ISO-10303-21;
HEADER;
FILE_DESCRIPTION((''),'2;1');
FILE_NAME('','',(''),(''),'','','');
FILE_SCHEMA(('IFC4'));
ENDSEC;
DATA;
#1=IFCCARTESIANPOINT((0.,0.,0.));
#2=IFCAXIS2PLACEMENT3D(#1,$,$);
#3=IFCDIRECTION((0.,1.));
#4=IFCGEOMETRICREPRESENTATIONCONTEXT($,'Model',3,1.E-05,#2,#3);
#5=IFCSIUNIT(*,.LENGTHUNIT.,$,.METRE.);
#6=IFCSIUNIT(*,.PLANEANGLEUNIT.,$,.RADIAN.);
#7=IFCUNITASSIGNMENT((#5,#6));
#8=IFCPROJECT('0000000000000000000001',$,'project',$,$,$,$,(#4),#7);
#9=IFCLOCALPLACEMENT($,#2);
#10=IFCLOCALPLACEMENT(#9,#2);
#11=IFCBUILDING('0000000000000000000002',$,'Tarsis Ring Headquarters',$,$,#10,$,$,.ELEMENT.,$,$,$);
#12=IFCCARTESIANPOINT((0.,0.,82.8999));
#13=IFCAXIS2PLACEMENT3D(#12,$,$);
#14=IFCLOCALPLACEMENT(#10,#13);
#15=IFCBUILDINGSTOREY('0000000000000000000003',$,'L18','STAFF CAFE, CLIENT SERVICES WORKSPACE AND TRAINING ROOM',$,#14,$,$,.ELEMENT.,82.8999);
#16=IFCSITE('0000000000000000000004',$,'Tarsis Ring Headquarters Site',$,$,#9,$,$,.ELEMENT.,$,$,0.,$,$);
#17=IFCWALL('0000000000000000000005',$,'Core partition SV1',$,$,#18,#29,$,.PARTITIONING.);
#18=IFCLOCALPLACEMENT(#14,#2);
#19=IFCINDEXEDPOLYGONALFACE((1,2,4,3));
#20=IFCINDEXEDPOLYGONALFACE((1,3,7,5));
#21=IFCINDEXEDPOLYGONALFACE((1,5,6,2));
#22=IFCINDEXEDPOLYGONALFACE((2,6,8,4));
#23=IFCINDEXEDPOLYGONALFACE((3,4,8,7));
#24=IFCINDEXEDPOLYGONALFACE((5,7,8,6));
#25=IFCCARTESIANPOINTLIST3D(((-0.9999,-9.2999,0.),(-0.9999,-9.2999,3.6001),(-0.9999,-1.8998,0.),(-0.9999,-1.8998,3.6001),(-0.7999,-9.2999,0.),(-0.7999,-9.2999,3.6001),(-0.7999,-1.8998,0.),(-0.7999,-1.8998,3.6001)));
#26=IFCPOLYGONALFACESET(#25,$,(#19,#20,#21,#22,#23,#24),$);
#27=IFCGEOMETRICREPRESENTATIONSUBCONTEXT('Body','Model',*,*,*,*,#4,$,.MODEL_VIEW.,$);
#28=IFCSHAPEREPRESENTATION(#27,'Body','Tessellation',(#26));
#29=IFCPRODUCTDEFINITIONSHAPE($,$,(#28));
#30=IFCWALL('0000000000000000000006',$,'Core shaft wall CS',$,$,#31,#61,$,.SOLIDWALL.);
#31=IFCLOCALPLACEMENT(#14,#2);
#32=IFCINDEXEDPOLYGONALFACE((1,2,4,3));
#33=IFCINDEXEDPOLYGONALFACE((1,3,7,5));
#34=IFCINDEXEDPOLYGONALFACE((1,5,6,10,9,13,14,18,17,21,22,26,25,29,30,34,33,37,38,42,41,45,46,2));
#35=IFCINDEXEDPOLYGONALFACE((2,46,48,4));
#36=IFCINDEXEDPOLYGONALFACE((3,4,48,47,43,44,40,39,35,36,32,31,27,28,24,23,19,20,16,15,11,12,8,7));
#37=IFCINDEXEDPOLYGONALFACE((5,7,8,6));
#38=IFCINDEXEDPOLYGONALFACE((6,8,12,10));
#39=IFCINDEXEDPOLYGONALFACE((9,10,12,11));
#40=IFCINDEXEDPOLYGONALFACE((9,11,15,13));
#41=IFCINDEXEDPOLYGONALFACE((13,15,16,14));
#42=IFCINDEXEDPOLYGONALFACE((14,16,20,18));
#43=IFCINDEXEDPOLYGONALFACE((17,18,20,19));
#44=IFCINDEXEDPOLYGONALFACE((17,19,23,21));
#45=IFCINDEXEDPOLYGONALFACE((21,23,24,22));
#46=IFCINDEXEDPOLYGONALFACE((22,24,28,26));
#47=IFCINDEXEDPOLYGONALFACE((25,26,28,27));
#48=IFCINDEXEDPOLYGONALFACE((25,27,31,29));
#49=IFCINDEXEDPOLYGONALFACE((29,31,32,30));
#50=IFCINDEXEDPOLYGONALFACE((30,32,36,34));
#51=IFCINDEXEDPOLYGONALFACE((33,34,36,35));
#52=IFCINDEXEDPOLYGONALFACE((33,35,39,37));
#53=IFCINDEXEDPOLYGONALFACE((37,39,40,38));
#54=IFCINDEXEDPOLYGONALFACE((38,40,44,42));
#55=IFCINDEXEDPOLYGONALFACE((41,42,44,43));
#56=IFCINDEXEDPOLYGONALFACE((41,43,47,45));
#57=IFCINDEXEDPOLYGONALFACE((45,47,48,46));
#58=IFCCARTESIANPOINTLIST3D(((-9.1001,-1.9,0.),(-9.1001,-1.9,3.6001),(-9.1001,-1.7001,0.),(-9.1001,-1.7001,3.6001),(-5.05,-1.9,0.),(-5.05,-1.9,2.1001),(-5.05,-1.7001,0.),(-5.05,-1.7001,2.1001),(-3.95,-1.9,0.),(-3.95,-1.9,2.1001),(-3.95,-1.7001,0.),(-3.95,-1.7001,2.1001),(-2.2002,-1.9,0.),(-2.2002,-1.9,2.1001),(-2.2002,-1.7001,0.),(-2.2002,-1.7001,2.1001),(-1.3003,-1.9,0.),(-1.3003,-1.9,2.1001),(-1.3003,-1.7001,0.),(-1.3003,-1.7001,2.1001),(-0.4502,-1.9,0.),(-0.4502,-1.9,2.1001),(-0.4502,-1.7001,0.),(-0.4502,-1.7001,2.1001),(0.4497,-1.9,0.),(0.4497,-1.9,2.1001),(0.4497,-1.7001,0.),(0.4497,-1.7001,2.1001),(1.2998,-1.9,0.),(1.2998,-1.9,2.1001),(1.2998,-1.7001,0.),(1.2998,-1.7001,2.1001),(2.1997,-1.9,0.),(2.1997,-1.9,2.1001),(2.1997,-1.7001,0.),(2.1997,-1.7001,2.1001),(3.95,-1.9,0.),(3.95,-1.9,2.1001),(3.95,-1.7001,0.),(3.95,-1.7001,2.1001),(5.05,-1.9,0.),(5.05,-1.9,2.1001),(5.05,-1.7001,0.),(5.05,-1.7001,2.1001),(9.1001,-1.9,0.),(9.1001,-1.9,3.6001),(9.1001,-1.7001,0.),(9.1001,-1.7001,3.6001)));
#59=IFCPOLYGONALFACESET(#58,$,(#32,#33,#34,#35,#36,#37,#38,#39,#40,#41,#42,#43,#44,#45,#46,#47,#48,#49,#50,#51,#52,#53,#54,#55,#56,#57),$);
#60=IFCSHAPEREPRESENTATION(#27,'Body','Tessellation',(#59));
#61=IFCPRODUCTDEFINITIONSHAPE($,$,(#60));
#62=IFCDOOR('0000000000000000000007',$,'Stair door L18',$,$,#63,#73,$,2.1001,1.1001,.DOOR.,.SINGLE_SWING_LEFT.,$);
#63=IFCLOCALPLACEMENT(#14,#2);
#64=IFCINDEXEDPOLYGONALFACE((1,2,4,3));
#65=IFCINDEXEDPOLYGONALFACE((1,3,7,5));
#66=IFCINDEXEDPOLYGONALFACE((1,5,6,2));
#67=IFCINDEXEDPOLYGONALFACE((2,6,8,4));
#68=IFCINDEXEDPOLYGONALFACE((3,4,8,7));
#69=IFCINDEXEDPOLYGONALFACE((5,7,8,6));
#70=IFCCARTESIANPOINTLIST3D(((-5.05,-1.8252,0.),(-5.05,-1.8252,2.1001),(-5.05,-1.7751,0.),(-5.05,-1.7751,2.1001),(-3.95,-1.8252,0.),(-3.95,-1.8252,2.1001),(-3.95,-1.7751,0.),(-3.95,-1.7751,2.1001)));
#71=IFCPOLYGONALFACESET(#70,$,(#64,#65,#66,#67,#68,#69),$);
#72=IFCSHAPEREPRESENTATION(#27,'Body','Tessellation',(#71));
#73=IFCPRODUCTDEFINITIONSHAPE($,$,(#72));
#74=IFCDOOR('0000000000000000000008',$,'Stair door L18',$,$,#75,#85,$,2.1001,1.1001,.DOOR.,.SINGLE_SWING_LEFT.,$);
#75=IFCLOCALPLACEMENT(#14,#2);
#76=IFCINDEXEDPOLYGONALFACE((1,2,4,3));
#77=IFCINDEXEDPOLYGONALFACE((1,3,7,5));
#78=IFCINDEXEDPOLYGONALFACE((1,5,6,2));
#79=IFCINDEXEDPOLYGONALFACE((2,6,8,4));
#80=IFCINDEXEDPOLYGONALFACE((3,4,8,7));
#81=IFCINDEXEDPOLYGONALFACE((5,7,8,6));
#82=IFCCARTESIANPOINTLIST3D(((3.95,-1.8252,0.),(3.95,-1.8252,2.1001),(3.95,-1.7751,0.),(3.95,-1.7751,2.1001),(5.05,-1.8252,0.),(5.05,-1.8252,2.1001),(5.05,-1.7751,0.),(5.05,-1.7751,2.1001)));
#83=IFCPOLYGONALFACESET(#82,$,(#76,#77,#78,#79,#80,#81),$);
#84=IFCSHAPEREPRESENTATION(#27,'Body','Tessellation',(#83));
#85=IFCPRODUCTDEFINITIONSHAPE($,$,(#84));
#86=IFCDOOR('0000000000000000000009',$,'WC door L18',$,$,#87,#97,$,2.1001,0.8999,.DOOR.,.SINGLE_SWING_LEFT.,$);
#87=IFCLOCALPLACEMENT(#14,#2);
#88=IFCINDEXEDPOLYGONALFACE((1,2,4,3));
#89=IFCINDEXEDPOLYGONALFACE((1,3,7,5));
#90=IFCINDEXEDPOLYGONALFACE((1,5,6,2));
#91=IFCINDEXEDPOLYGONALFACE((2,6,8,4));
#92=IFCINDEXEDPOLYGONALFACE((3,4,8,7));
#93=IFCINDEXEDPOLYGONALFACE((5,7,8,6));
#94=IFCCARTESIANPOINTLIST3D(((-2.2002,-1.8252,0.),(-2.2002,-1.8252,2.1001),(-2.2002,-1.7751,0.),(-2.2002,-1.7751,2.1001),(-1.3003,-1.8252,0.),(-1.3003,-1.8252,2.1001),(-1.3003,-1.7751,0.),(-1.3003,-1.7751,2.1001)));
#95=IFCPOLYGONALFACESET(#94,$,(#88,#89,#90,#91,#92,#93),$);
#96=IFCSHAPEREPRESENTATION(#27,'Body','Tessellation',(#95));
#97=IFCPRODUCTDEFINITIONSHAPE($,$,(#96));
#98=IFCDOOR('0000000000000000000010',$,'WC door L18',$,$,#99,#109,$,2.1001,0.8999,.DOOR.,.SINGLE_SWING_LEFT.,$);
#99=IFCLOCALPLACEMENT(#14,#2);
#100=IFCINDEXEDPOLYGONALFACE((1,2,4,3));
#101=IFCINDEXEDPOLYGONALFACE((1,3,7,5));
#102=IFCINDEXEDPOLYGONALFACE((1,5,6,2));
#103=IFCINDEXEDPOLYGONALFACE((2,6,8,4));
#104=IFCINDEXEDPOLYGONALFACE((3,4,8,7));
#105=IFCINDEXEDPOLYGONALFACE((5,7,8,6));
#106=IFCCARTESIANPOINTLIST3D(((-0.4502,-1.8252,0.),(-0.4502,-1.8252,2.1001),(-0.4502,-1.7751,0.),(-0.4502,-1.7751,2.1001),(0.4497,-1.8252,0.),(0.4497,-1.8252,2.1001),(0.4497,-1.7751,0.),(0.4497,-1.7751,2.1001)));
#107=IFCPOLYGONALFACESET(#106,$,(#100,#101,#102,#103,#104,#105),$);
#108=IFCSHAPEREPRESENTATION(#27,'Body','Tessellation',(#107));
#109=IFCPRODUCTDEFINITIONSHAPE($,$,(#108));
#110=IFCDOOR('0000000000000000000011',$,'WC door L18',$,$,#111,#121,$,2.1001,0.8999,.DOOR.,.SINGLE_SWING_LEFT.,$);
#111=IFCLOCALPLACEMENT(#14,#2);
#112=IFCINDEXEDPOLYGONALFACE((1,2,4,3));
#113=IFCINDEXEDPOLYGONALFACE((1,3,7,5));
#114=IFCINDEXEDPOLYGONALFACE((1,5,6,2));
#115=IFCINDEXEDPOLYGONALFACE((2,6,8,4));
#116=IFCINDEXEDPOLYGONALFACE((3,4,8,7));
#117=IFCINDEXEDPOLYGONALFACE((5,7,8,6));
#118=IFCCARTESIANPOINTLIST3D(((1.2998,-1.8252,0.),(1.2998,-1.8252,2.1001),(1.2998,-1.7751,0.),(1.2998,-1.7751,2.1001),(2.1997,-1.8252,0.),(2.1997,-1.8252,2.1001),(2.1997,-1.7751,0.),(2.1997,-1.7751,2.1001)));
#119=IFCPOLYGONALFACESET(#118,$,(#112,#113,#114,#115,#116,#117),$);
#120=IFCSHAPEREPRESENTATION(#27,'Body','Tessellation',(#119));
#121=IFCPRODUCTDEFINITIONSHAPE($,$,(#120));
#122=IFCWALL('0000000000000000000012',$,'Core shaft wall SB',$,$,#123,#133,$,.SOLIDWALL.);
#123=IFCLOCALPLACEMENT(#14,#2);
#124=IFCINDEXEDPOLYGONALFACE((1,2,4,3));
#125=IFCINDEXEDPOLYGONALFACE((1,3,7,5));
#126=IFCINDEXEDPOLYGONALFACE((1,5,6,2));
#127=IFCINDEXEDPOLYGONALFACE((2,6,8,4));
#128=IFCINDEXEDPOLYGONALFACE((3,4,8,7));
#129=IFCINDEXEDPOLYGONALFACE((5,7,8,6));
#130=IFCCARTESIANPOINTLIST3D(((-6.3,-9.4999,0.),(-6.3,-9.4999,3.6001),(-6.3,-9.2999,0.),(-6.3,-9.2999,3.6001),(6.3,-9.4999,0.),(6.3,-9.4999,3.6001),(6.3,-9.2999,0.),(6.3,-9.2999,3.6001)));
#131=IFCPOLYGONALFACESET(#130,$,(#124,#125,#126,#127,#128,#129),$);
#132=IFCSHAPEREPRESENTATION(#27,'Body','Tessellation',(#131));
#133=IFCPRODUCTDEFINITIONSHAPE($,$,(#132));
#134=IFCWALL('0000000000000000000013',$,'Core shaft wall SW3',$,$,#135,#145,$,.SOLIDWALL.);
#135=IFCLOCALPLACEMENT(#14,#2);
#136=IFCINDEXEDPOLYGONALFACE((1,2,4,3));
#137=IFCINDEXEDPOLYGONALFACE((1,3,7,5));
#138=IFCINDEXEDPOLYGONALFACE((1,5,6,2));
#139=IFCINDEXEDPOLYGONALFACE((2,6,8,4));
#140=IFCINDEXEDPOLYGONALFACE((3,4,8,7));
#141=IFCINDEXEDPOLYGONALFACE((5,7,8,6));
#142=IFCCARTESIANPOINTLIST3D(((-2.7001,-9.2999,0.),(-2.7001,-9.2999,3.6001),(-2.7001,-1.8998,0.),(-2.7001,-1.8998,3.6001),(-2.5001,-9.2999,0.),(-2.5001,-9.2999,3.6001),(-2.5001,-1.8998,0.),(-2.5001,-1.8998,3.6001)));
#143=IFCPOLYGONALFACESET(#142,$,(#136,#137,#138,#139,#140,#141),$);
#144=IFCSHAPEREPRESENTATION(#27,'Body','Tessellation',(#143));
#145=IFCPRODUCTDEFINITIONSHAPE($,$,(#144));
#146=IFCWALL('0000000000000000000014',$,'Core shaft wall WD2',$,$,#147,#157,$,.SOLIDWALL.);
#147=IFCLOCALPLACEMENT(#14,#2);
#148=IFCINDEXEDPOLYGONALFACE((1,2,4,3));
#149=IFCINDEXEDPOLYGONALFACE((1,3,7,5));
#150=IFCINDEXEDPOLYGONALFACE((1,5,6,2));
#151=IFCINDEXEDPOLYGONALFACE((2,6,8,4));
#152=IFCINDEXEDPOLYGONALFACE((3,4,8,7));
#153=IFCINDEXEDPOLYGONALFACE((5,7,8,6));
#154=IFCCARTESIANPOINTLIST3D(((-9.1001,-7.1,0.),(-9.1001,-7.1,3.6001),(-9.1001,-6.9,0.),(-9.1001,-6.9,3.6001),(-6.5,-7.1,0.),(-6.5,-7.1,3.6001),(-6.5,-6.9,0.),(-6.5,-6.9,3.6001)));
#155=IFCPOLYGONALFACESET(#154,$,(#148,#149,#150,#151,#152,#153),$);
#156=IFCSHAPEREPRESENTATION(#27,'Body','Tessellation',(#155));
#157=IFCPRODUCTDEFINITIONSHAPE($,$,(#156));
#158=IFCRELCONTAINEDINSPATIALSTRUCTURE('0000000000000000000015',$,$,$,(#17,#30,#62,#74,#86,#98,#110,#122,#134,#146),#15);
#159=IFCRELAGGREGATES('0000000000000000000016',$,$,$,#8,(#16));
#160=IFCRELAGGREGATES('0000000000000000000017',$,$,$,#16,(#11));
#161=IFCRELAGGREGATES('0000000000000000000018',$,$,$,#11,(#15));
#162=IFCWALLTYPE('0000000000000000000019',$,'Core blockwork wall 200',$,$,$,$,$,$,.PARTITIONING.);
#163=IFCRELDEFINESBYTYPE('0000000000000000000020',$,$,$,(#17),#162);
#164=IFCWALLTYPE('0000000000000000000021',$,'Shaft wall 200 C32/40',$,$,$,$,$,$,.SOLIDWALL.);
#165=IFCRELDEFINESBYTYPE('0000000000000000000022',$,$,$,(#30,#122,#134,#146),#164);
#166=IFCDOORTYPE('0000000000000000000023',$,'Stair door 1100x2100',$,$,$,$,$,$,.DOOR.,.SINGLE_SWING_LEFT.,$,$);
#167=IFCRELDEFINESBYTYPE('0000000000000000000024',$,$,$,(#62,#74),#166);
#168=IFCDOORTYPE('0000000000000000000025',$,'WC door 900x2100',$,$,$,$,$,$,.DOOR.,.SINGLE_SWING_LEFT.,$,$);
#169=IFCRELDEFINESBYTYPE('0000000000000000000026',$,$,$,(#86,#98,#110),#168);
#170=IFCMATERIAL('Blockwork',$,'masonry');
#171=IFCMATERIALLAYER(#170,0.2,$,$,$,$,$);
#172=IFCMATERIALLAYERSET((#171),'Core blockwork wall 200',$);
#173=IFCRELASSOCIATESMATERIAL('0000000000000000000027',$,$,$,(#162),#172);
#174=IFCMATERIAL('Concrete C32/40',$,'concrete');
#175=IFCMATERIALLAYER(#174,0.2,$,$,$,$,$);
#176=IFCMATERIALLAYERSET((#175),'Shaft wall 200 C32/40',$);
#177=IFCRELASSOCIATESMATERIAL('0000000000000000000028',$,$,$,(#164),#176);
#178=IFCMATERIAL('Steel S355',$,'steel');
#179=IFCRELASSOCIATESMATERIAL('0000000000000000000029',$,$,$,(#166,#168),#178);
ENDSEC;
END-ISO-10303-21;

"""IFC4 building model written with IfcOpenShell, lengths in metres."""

from ifc_helpers import new_model, si_unit, direction, frame, frame_2d, origin, place, context, subcontext, project, spatial, rectangle, extrude, material, layer, layer_set, type_object, element, fill, save


model = new_model("IFC4")

# Units and contexts
model_context = context("Model", 3, precision=1e-05, world=origin(), true_north=direction((0.0, 1.0)))
body_context = subcontext(model_context, "Body", "Model", "MODEL_VIEW")
ifc_project = project(units=[si_unit("LENGTHUNIT", "METRE"), si_unit("PLANEANGLEUNIT", "RADIAN")], contexts=[model_context])

# Site, building, storey
site_placement = place(None, origin())
site = spatial("IfcSite", under=ifc_project, at=site_placement, Name="Tarsis Ring Headquarters Site", CompositionType="ELEMENT", RefElevation=0.0)
building_placement = place(site_placement, origin())
building = spatial("IfcBuilding", under=site, at=building_placement, Name="Tarsis Ring Headquarters", CompositionType="ELEMENT")
storey_placement = place(building_placement, frame((0.0, 0.0, 82.8999)))
storey = spatial("IfcBuildingStorey", under=building, at=storey_placement, Name="L18", Description="STAFF CAFE, CLIENT SERVICES WORKSPACE AND TRAINING ROOM", CompositionType="ELEMENT", Elevation=82.8999)

# Wall
ifc_material_1 = material(Name="Blockwork", Category="masonry")
ifc_layer_1 = layer(ifc_material_1, 0.2)
ifc_layer_set_1 = layer_set([ifc_layer_1], Name="Core blockwork wall 200")
wall_type_1 = type_object("IfcWallType", Name="Core blockwork wall 200", PredefinedType="PARTITIONING", material=ifc_layer_set_1)
wall_1_placement = place(storey_placement, frame((-0.8999, -9.3, 0.0), z_axis=(0.0, 0.0, 1.0), x_axis=(0.0, 1.0, 0.0)))
element("IfcWall", 1, at=wall_1_placement, inside=storey, type_object=wall_type_1, Name="Core partition SV1", PredefinedType="PARTITIONING", context=body_context, shape_type="SweptSolid", body=[
    extrude(rectangle(XDim=7.4001, YDim=0.2, at=frame_2d((3.7002, 0.0))), origin(), (0.0, 0.0, 1.0), 3.6001),
])

# Wall, openings, doors
ifc_material_2 = material(Name="Concrete C32/40", Category="concrete")
ifc_layer_2 = layer(ifc_material_2, 0.2)
ifc_layer_set_2 = layer_set([ifc_layer_2], Name="Shaft wall 200 C32/40")
wall_type_2 = type_object("IfcWallType", Name="Shaft wall 200 C32/40", PredefinedType="SOLIDWALL", material=ifc_layer_set_2)
wall_2_placement = place(storey_placement, frame((-9.1001, -1.8, 0.0), z_axis=(0.0, 0.0, 1.0), x_axis=(1.0, 0.0, 0.0)))
wall_2 = element("IfcWall", 2, at=wall_2_placement, inside=storey, type_object=wall_type_2, Name="Core shaft wall CS", PredefinedType="SOLIDWALL", context=body_context, shape_type="SweptSolid", body=[
    extrude(rectangle(XDim=18.2002, YDim=0.2, at=frame_2d((9.1001, 0.0))), origin(), (0.0, 0.0, 1.0), 3.6001),
])
opening_1_placement = place(wall_2_placement, frame((4.05, 0.0, 0.0)))
opening_1 = element("IfcOpeningElement", 3, at=opening_1_placement, cuts=wall_2, PredefinedType="OPENING", context=body_context, shape_type="SweptSolid", body=[
    extrude(rectangle(XDim=1.1001, YDim=2.1001, at=frame_2d((0.55, 1.05))), frame((0.0, 0.1099, 0.0), z_axis=(0.0, -1.0, 0.0), x_axis=(1.0, 0.0, 0.0)), (0.0, 0.0, 1.0), 0.22),
])
opening_2_placement = place(wall_2_placement, frame((6.8999, 0.0, 0.0)))
opening_2 = element("IfcOpeningElement", 4, at=opening_2_placement, cuts=wall_2, PredefinedType="OPENING", context=body_context, shape_type="SweptSolid", body=[
    extrude(rectangle(XDim=0.8999, YDim=2.1001, at=frame_2d((0.45, 1.05))), frame((0.0, 0.1099, 0.0), z_axis=(0.0, -1.0, 0.0), x_axis=(1.0, 0.0, 0.0)), (0.0, 0.0, 1.0), 0.22),
])
opening_3_placement = place(wall_2_placement, frame((8.6499, 0.0, 0.0)))
opening_3 = element("IfcOpeningElement", 5, at=opening_3_placement, cuts=wall_2, PredefinedType="OPENING", context=body_context, shape_type="SweptSolid", body=[
    extrude(rectangle(XDim=0.8999, YDim=2.1001, at=frame_2d((0.45, 1.05))), frame((0.0, 0.1099, 0.0), z_axis=(0.0, -1.0, 0.0), x_axis=(1.0, 0.0, 0.0)), (0.0, 0.0, 1.0), 0.22),
])
opening_4_placement = place(wall_2_placement, frame((10.3999, 0.0, 0.0)))
opening_4 = element("IfcOpeningElement", 6, at=opening_4_placement, cuts=wall_2, PredefinedType="OPENING", context=body_context, shape_type="SweptSolid", body=[
    extrude(rectangle(XDim=0.8999, YDim=2.1001, at=frame_2d((0.45, 1.05))), frame((0.0, 0.1099, 0.0), z_axis=(0.0, -1.0, 0.0), x_axis=(1.0, 0.0, 0.0)), (0.0, 0.0, 1.0), 0.22),
])
opening_5_placement = place(wall_2_placement, frame((13.05, 0.0, 0.0)))
opening_5 = element("IfcOpeningElement", 7, at=opening_5_placement, cuts=wall_2, PredefinedType="OPENING", context=body_context, shape_type="SweptSolid", body=[
    extrude(rectangle(XDim=1.1001, YDim=2.1001, at=frame_2d((0.55, 1.05))), frame((0.0, 0.1099, 0.0), z_axis=(0.0, -1.0, 0.0), x_axis=(1.0, 0.0, 0.0)), (0.0, 0.0, 1.0), 0.22),
])
ifc_material_3 = material(Name="Steel S355", Category="steel")
door_type_1 = type_object("IfcDoorType", Name="Stair door 1100x2100", OperationType="SINGLE_SWING_LEFT", PredefinedType="DOOR", material=ifc_material_3)
door_1_placement = place(opening_1_placement, origin())
door_1 = element("IfcDoor", 8, at=door_1_placement, inside=storey, type_object=door_type_1, Name="Stair door L18", OperationType="SINGLE_SWING_LEFT", OverallHeight=2.1001, OverallWidth=1.1001, PredefinedType="DOOR", context=body_context, shape_type="SweptSolid", body=[
    extrude(rectangle(XDim=1.1001, YDim=2.1001, at=frame_2d((0.55, 1.05))), frame((0.0, 0.0249, 0.0), z_axis=(0.0, -1.0, 0.0), x_axis=(1.0, 0.0, 0.0)), (0.0, 0.0, 1.0), 0.05),
])
fill(opening_1, door_1)
door_2_placement = place(opening_5_placement, origin())
door_2 = element("IfcDoor", 9, at=door_2_placement, inside=storey, type_object=door_type_1, Name="Stair door L18", OperationType="SINGLE_SWING_LEFT", OverallHeight=2.1001, OverallWidth=1.1001, PredefinedType="DOOR", context=body_context, shape_type="SweptSolid", body=[
    extrude(rectangle(XDim=1.1001, YDim=2.1001, at=frame_2d((0.55, 1.05))), frame((0.0, 0.0249, 0.0), z_axis=(0.0, -1.0, 0.0), x_axis=(1.0, 0.0, 0.0)), (0.0, 0.0, 1.0), 0.05),
])
fill(opening_5, door_2)
door_type_2 = type_object("IfcDoorType", Name="WC door 900x2100", OperationType="SINGLE_SWING_LEFT", PredefinedType="DOOR", material=ifc_material_3)
door_3_placement = place(opening_2_placement, origin())
door_3 = element("IfcDoor", 10, at=door_3_placement, inside=storey, type_object=door_type_2, Name="WC door L18", OperationType="SINGLE_SWING_LEFT", OverallHeight=2.1001, OverallWidth=0.8999, PredefinedType="DOOR", context=body_context, shape_type="SweptSolid", body=[
    extrude(rectangle(XDim=0.8999, YDim=2.1001, at=frame_2d((0.45, 1.05))), frame((0.0, 0.0249, 0.0), z_axis=(0.0, -1.0, 0.0), x_axis=(1.0, 0.0, 0.0)), (0.0, 0.0, 1.0), 0.05),
])
fill(opening_2, door_3)
door_4_placement = place(opening_3_placement, origin())
door_4 = element("IfcDoor", 11, at=door_4_placement, inside=storey, type_object=door_type_2, Name="WC door L18", OperationType="SINGLE_SWING_LEFT", OverallHeight=2.1001, OverallWidth=0.8999, PredefinedType="DOOR", context=body_context, shape_type="SweptSolid", body=[
    extrude(rectangle(XDim=0.8999, YDim=2.1001, at=frame_2d((0.45, 1.05))), frame((0.0, 0.0249, 0.0), z_axis=(0.0, -1.0, 0.0), x_axis=(1.0, 0.0, 0.0)), (0.0, 0.0, 1.0), 0.05),
])
fill(opening_3, door_4)
door_5_placement = place(opening_4_placement, origin())
door_5 = element("IfcDoor", 12, at=door_5_placement, inside=storey, type_object=door_type_2, Name="WC door L18", OperationType="SINGLE_SWING_LEFT", OverallHeight=2.1001, OverallWidth=0.8999, PredefinedType="DOOR", context=body_context, shape_type="SweptSolid", body=[
    extrude(rectangle(XDim=0.8999, YDim=2.1001, at=frame_2d((0.45, 1.05))), frame((0.0, 0.0249, 0.0), z_axis=(0.0, -1.0, 0.0), x_axis=(1.0, 0.0, 0.0)), (0.0, 0.0, 1.0), 0.05),
])
fill(opening_4, door_5)

# Walls
wall_3_placement = place(storey_placement, frame((-6.3, -9.3999, 0.0), z_axis=(0.0, 0.0, 1.0), x_axis=(1.0, 0.0, 0.0)))
element("IfcWall", 13, at=wall_3_placement, inside=storey, type_object=wall_type_2, Name="Core shaft wall SB", PredefinedType="SOLIDWALL", context=body_context, shape_type="SweptSolid", body=[
    extrude(rectangle(XDim=12.6001, YDim=0.2, at=frame_2d((6.3, 0.0))), origin(), (0.0, 0.0, 1.0), 3.6001),
])
wall_4_placement = place(storey_placement, frame((-2.6001, -9.3, 0.0), z_axis=(0.0, 0.0, 1.0), x_axis=(0.0, 1.0, 0.0)))
element("IfcWall", 14, at=wall_4_placement, inside=storey, type_object=wall_type_2, Name="Core shaft wall SW3", PredefinedType="SOLIDWALL", context=body_context, shape_type="SweptSolid", body=[
    extrude(rectangle(XDim=7.4001, YDim=0.2, at=frame_2d((3.7002, 0.0))), origin(), (0.0, 0.0, 1.0), 3.6001),
])
wall_5_placement = place(storey_placement, frame((-9.1001, -7.0, 0.0), z_axis=(0.0, 0.0, 1.0), x_axis=(1.0, 0.0, 0.0)))
element("IfcWall", 15, at=wall_5_placement, inside=storey, type_object=wall_type_2, Name="Core shaft wall WD2", PredefinedType="SOLIDWALL", context=body_context, shape_type="SweptSolid", body=[
    extrude(rectangle(XDim=2.6001, YDim=0.2, at=frame_2d((1.3, 0.0))), origin(), (0.0, 0.0, 1.0), 3.6001),
])

save(model, "model.ifc")
